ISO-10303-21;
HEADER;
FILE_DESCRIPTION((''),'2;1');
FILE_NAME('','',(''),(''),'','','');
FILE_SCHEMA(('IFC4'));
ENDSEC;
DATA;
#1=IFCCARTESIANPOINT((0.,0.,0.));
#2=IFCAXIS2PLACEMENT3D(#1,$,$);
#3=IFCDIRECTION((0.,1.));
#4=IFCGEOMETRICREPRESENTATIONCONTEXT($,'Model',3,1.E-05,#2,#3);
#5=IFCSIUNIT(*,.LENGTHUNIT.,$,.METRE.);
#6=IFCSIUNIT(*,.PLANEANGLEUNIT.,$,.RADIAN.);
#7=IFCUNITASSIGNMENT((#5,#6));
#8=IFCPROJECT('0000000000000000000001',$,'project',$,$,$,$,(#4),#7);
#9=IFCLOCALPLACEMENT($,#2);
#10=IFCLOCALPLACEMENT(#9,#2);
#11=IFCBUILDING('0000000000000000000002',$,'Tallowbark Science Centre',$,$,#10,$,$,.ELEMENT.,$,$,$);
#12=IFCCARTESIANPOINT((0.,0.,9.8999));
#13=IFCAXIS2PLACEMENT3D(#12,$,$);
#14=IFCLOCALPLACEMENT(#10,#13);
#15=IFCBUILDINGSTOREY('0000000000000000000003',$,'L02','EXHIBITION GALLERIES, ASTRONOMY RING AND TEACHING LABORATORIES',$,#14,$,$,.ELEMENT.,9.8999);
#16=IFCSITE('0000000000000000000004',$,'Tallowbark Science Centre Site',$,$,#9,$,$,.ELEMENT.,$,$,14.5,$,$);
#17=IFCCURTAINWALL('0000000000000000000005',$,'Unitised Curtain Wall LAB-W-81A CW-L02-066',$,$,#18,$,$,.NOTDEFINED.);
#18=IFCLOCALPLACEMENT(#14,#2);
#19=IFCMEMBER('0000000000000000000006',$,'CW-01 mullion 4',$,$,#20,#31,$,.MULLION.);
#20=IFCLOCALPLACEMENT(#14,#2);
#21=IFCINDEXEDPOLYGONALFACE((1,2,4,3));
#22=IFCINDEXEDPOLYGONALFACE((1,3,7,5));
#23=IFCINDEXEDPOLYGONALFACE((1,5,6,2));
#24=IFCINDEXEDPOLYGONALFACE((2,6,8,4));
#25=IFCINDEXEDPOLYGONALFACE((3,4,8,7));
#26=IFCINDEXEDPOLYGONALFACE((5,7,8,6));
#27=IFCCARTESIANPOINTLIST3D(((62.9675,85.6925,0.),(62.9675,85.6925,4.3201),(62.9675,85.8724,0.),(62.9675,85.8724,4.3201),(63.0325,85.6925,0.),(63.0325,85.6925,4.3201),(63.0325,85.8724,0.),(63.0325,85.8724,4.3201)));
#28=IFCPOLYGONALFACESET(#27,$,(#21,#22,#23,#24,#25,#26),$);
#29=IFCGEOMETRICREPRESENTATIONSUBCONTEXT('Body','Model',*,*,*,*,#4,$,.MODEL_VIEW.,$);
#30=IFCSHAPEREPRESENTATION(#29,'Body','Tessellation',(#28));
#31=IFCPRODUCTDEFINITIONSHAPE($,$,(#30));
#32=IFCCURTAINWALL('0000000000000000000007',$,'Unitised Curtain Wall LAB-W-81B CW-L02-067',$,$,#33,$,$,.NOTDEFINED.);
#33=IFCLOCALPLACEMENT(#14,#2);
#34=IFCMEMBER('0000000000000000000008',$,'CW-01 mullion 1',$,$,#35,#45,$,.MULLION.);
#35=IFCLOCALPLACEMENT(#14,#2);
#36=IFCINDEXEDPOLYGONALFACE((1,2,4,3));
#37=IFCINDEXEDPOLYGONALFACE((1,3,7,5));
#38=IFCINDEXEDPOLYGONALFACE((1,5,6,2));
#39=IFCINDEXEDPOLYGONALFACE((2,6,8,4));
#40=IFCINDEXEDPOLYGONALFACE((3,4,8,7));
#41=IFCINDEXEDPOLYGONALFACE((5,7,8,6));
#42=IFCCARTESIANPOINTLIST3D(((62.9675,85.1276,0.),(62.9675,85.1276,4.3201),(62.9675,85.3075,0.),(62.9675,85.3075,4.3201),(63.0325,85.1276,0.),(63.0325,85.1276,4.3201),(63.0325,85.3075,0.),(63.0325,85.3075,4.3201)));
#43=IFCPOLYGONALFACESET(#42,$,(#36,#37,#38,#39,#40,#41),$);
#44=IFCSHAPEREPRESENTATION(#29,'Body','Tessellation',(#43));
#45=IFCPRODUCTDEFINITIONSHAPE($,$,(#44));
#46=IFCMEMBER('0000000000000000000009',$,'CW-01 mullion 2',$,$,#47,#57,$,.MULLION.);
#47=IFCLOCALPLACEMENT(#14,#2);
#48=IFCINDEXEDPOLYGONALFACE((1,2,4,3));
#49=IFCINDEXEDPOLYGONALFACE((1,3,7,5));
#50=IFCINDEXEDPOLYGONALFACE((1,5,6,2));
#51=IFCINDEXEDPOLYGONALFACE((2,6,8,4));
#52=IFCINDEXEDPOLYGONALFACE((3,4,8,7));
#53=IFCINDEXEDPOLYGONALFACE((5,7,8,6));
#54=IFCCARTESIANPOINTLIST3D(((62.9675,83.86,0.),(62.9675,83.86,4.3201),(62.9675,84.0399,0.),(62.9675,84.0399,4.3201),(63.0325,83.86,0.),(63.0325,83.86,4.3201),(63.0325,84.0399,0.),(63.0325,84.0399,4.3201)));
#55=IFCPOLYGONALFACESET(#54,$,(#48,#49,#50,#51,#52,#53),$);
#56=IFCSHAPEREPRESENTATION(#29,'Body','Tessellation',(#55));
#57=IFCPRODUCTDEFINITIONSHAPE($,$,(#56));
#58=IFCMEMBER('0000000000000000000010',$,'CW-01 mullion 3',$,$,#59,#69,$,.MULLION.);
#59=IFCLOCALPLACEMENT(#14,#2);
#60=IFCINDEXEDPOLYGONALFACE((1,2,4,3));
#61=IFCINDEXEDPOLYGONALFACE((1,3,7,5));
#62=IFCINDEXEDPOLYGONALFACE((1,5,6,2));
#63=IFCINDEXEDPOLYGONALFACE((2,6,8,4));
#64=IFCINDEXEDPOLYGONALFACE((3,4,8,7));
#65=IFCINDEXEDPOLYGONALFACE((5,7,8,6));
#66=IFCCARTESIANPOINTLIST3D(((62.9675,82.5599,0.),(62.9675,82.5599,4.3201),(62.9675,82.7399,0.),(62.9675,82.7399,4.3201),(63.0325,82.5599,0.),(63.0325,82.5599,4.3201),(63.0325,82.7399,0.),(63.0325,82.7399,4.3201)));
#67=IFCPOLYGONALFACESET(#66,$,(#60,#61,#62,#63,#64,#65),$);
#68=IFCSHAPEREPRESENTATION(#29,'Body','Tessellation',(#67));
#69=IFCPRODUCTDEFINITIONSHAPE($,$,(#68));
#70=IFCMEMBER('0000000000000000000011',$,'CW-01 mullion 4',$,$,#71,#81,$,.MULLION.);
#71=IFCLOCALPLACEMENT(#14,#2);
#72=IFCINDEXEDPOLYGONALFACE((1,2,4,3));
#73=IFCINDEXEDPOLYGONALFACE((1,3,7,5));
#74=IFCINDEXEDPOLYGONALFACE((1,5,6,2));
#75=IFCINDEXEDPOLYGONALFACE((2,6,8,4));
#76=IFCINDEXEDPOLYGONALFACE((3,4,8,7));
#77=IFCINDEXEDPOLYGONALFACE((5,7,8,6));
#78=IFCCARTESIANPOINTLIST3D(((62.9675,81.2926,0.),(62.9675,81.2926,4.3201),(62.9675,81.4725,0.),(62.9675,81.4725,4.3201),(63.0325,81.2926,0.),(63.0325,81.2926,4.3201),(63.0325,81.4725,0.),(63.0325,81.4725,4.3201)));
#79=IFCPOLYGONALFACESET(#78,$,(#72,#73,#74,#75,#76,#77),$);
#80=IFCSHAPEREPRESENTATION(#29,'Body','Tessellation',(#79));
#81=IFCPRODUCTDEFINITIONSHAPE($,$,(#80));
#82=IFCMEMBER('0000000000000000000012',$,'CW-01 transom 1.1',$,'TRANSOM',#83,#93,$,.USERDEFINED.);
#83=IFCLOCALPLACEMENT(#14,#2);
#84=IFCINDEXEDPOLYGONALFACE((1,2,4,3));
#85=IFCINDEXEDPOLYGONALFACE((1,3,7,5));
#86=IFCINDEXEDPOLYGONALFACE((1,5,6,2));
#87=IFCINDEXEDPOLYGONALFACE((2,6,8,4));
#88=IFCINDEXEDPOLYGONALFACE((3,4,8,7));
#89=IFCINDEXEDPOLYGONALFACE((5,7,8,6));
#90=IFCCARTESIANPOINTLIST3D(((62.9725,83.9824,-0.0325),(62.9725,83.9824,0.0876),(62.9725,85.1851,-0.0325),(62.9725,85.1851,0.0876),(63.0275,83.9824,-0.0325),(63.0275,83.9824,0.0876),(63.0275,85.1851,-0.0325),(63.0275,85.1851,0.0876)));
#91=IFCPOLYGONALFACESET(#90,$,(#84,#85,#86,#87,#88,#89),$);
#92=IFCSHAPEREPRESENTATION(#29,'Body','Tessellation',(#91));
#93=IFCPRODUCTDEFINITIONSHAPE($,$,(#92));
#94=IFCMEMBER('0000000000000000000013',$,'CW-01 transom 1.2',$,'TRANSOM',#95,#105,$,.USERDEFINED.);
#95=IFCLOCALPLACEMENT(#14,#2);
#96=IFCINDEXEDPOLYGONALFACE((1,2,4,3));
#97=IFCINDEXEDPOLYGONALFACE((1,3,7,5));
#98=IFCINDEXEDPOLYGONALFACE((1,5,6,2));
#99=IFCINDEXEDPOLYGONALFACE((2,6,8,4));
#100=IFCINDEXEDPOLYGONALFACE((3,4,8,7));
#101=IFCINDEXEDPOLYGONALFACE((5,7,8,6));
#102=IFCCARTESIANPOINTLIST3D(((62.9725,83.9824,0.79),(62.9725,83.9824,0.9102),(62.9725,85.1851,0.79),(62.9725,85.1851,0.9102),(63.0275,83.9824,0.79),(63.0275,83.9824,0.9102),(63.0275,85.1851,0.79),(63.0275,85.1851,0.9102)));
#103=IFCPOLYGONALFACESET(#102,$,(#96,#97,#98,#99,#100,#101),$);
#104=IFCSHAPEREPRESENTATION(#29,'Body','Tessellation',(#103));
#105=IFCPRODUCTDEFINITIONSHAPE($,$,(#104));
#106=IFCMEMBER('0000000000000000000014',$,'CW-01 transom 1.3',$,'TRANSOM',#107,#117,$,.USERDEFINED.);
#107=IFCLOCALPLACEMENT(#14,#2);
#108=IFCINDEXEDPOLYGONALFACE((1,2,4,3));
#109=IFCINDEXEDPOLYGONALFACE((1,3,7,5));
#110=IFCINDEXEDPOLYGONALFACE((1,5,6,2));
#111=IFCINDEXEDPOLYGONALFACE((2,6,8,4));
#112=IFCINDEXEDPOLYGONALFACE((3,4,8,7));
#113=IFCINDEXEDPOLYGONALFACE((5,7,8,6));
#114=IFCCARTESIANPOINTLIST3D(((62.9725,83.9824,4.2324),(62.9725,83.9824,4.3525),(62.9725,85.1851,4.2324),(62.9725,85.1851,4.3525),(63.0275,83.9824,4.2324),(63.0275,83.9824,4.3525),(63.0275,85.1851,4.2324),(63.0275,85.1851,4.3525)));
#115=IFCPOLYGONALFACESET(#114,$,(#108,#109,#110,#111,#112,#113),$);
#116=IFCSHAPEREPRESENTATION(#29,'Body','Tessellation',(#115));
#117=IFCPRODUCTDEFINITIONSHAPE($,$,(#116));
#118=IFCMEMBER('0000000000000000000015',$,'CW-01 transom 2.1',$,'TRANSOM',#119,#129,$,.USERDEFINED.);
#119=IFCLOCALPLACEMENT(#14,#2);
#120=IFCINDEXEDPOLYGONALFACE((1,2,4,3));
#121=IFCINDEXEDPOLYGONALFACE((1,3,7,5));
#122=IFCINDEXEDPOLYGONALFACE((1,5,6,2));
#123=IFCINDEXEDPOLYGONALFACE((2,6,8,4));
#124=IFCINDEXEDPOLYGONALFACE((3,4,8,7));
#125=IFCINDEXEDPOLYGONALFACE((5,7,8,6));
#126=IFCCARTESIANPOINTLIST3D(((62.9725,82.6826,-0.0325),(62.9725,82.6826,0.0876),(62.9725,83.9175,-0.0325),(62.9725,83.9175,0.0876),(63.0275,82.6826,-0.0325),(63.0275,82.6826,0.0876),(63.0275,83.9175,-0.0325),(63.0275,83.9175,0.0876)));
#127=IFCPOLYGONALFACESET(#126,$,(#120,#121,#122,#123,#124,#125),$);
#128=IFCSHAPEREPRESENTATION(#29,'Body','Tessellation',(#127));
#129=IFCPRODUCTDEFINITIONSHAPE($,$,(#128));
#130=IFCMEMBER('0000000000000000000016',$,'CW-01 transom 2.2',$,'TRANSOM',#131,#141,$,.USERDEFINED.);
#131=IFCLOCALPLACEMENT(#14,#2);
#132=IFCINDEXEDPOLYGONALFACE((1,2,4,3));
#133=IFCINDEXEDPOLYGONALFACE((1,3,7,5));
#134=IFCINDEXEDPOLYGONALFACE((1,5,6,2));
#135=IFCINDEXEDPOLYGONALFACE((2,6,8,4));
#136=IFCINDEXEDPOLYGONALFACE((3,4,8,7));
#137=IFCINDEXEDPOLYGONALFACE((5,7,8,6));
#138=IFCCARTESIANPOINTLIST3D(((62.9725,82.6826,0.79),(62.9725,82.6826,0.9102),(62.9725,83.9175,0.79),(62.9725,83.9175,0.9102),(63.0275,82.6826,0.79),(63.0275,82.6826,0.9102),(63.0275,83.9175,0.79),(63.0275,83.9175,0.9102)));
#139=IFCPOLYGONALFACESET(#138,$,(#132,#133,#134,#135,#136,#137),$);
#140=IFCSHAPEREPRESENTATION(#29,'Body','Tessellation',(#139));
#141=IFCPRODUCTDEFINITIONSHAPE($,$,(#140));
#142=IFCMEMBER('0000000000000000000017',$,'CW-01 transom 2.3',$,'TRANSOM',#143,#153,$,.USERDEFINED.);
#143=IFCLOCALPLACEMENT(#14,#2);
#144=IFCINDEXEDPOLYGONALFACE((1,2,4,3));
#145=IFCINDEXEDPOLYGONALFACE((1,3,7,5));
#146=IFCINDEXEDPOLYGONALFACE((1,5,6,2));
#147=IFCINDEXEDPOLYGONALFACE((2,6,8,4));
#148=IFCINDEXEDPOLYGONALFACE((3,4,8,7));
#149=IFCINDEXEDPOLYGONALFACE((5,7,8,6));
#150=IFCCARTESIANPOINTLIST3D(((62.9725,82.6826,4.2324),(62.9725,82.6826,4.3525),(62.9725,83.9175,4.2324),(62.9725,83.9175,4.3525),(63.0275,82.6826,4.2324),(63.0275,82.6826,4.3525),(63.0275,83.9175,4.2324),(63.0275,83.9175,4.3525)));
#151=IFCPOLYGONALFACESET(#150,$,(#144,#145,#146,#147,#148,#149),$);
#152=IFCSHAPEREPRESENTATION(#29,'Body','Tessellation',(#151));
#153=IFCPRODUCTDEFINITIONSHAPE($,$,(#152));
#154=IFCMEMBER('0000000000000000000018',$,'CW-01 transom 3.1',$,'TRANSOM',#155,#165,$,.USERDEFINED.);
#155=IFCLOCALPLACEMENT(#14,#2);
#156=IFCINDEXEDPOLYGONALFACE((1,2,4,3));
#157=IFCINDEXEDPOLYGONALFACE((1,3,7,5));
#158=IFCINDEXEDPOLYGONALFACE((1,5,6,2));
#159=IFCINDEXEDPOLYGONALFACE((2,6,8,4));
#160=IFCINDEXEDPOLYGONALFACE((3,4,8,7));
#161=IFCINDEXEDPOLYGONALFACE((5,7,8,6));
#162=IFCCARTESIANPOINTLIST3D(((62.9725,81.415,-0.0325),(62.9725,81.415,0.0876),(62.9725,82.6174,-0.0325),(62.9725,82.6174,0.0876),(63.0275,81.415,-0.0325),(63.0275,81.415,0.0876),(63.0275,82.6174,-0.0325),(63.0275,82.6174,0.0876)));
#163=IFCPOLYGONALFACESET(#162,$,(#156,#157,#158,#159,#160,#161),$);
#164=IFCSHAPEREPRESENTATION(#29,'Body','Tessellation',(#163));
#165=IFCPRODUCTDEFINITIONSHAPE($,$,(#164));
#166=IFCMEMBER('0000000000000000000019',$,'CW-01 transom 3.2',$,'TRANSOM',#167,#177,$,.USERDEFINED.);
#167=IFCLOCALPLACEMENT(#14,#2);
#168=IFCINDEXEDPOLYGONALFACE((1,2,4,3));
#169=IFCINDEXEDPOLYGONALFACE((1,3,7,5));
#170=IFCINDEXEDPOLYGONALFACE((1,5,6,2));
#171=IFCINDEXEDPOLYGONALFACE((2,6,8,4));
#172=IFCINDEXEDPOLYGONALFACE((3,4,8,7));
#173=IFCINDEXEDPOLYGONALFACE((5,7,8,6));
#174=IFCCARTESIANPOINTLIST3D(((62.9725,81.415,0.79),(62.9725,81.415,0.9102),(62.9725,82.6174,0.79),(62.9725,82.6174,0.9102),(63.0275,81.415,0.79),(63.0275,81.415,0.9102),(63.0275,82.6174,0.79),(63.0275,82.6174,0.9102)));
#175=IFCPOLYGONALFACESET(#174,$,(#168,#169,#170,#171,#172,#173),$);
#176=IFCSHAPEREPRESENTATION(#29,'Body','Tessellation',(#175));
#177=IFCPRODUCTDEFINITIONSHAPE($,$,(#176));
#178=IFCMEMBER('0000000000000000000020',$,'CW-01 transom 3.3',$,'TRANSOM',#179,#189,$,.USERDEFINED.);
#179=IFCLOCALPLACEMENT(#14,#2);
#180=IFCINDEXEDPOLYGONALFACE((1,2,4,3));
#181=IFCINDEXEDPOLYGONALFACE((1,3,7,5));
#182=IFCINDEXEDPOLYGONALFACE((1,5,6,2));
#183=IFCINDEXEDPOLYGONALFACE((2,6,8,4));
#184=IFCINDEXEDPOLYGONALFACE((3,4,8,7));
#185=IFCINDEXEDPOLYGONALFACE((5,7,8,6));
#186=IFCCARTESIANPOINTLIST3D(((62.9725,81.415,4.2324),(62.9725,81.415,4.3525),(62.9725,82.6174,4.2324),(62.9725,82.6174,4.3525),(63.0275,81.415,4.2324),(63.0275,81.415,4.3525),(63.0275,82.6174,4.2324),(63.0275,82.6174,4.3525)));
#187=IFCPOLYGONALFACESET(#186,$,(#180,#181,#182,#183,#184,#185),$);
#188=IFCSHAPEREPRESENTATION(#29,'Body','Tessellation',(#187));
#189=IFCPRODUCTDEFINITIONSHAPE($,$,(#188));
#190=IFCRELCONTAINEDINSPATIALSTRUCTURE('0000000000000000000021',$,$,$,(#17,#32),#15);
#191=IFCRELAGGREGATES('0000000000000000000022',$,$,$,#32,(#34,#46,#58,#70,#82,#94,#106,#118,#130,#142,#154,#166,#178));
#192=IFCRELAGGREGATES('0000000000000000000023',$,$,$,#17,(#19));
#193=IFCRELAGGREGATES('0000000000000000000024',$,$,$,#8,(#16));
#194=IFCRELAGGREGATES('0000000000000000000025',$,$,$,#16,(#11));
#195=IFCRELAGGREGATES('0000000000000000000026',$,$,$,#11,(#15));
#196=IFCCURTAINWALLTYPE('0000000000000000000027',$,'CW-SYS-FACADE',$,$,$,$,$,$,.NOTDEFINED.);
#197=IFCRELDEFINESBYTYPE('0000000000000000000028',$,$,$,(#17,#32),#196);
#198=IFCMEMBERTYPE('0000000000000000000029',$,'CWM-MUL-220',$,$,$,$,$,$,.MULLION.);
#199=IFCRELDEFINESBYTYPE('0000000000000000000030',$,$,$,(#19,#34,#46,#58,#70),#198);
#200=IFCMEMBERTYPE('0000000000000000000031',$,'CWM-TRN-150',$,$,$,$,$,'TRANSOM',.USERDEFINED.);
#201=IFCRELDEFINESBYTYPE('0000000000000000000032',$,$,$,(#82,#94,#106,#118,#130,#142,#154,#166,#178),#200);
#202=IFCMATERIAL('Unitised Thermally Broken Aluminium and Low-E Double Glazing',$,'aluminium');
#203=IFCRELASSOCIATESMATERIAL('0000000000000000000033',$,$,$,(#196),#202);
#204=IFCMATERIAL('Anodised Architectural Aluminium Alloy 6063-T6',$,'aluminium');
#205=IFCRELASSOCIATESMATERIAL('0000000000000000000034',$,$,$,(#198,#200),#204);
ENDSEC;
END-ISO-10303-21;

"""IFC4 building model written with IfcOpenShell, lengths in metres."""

from ifc_helpers import new_model, si_unit, direction, frame, origin, origin_2d, place, context, subcontext, project, spatial, rectangle, extrude, material, material_profile, profile_set, type_object, element, aggregate, save


model = new_model("IFC4")

# Units and contexts
model_context = context("Model", 3, precision=1e-05, world=origin(), true_north=direction((0.0, 1.0)))
body_context = subcontext(model_context, "Body", "Model", "MODEL_VIEW")
ifc_project = project(units=[si_unit("LENGTHUNIT", "METRE"), si_unit("PLANEANGLEUNIT", "RADIAN")], contexts=[model_context])

# Site, building, storey
site_placement = place(None, origin())
site = spatial("IfcSite", under=ifc_project, at=site_placement, Name="Tallowbark Science Centre Site", CompositionType="ELEMENT", RefElevation=14.5)
building_placement = place(site_placement, origin())
building = spatial("IfcBuilding", under=site, at=building_placement, Name="Tallowbark Science Centre", CompositionType="ELEMENT")
storey_placement = place(building_placement, frame((0.0, 0.0, 9.8999)))
storey = spatial("IfcBuildingStorey", under=building, at=storey_placement, Name="L02", Description="EXHIBITION GALLERIES, ASTRONOMY RING AND TEACHING LABORATORIES", CompositionType="ELEMENT", Elevation=9.8999)

# Curtain wall, member
ifc_material_1 = material(Name="Unitised Thermally Broken Aluminium and Low-E Double Glazing", Category="aluminium")
curtain_wall_type = type_object("IfcCurtainWallType", Name="CW-SYS-FACADE", PredefinedType="NOTDEFINED", material=ifc_material_1)
curtain_wall_1_placement = place(storey_placement, origin())
curtain_wall_1 = element("IfcCurtainWall", 1, at=curtain_wall_1_placement, inside=storey, type_object=curtain_wall_type, Name="Unitised Curtain Wall LAB-W-81A CW-L02-066", PredefinedType="NOTDEFINED")
ifc_material_2 = material(Name="Anodised Architectural Aluminium Alloy 6063-T6", Category="aluminium")
ifc_material_profile_1 = material_profile(ifc_material_2, rectangle(XDim=0.0649, YDim=0.1799, at=origin_2d()), Name="ALU65x180")
ifc_profile_set_1 = profile_set([ifc_material_profile_1], Name="Anodised Architectural Aluminium Alloy 6063-T6")
member_type_1 = type_object("IfcMemberType", Name="CWM-MUL-220", PredefinedType="MULLION", material=ifc_profile_set_1)
member_1_placement = place(storey_placement, frame((63.0, 85.7825, 0.0), z_axis=(0.0, 0.0, 1.0), x_axis=(1.0, 0.0, 0.0)))
member_1 = element("IfcMember", 2, at=member_1_placement, type_object=member_type_1, Name="CW-01 mullion 4", PredefinedType="MULLION", context=body_context, shape_type="SweptSolid", body=[
    extrude(rectangle(XDim=0.0649, YDim=0.1799, at=origin_2d()), origin(), (0.0, 0.0, 1.0), 4.3201),
])

# Curtain wall, members
curtain_wall_2_placement = place(storey_placement, origin())
curtain_wall_2 = element("IfcCurtainWall", 3, at=curtain_wall_2_placement, inside=storey, type_object=curtain_wall_type, Name="Unitised Curtain Wall LAB-W-81B CW-L02-067", PredefinedType="NOTDEFINED")
member_2_placement = place(storey_placement, frame((63.0, 85.2175, 0.0), z_axis=(0.0, 0.0, 1.0), x_axis=(1.0, 0.0, 0.0)))
member_2 = element("IfcMember", 4, at=member_2_placement, type_object=member_type_1, Name="CW-01 mullion 1", PredefinedType="MULLION", context=body_context, shape_type="SweptSolid", body=[
    extrude(rectangle(XDim=0.0649, YDim=0.1799, at=origin_2d()), origin(), (0.0, 0.0, 1.0), 4.3201),
])
member_3_placement = place(storey_placement, frame((63.0, 83.95, 0.0), z_axis=(0.0, 0.0, 1.0), x_axis=(1.0, 0.0, 0.0)))
member_3 = element("IfcMember", 5, at=member_3_placement, type_object=member_type_1, Name="CW-01 mullion 2", PredefinedType="MULLION", context=body_context, shape_type="SweptSolid", body=[
    extrude(rectangle(XDim=0.0649, YDim=0.1799, at=origin_2d()), origin(), (0.0, 0.0, 1.0), 4.3201),
])
member_4_placement = place(storey_placement, frame((63.0, 82.6499, 0.0), z_axis=(0.0, 0.0, 1.0), x_axis=(1.0, 0.0, 0.0)))
member_4 = element("IfcMember", 6, at=member_4_placement, type_object=member_type_1, Name="CW-01 mullion 3", PredefinedType="MULLION", context=body_context, shape_type="SweptSolid", body=[
    extrude(rectangle(XDim=0.0649, YDim=0.1799, at=origin_2d()), origin(), (0.0, 0.0, 1.0), 4.3201),
])
member_5_placement = place(storey_placement, frame((63.0, 81.3826, 0.0), z_axis=(0.0, 0.0, 1.0), x_axis=(1.0, 0.0, 0.0)))
member_5 = element("IfcMember", 7, at=member_5_placement, type_object=member_type_1, Name="CW-01 mullion 4", PredefinedType="MULLION", context=body_context, shape_type="SweptSolid", body=[
    extrude(rectangle(XDim=0.0649, YDim=0.1799, at=origin_2d()), origin(), (0.0, 0.0, 1.0), 4.3201),
])
ifc_material_profile_2 = material_profile(ifc_material_2, rectangle(XDim=0.0549, YDim=0.1201, at=origin_2d()), Name="ALU55x120")
ifc_profile_set_2 = profile_set([ifc_material_profile_2], Name="Anodised Architectural Aluminium Alloy 6063-T6")
member_type_2 = type_object("IfcMemberType", Name="CWM-TRN-150", ElementType="TRANSOM", PredefinedType="USERDEFINED", material=ifc_profile_set_2)
member_6_placement = place(storey_placement, frame((63.0, 85.1851, 0.0276), z_axis=(0.0, -1.0, 0.0), x_axis=(1.0, 0.0, 0.0)))
member_6 = element("IfcMember", 8, at=member_6_placement, type_object=member_type_2, Name="CW-01 transom 1.1", ObjectType="TRANSOM", PredefinedType="USERDEFINED", context=body_context, shape_type="SweptSolid", body=[
    extrude(rectangle(XDim=0.0549, YDim=0.1201, at=origin_2d()), origin(), (0.0, 0.0, 1.0), 1.2026),
])
member_7_placement = place(storey_placement, frame((63.0, 85.1851, 0.8501), z_axis=(0.0, -1.0, 0.0), x_axis=(1.0, 0.0, 0.0)))
member_7 = element("IfcMember", 9, at=member_7_placement, type_object=member_type_2, Name="CW-01 transom 1.2", ObjectType="TRANSOM", PredefinedType="USERDEFINED", context=body_context, shape_type="SweptSolid", body=[
    extrude(rectangle(XDim=0.0549, YDim=0.1201, at=origin_2d()), origin(), (0.0, 0.0, 1.0), 1.2026),
])
member_8_placement = place(storey_placement, frame((63.0, 85.1851, 4.2925), z_axis=(0.0, -1.0, 0.0), x_axis=(1.0, 0.0, 0.0)))
member_8 = element("IfcMember", 10, at=member_8_placement, type_object=member_type_2, Name="CW-01 transom 1.3", ObjectType="TRANSOM", PredefinedType="USERDEFINED", context=body_context, shape_type="SweptSolid", body=[
    extrude(rectangle(XDim=0.0549, YDim=0.1201, at=origin_2d()), origin(), (0.0, 0.0, 1.0), 1.2026),
])
member_9_placement = place(storey_placement, frame((63.0, 83.9175, 0.0276), z_axis=(0.0, -1.0, 0.0), x_axis=(1.0, 0.0, 0.0)))
member_9 = element("IfcMember", 11, at=member_9_placement, type_object=member_type_2, Name="CW-01 transom 2.1", ObjectType="TRANSOM", PredefinedType="USERDEFINED", context=body_context, shape_type="SweptSolid", body=[
    extrude(rectangle(XDim=0.0549, YDim=0.1201, at=origin_2d()), origin(), (0.0, 0.0, 1.0), 1.2349),
])
member_10_placement = place(storey_placement, frame((63.0, 83.9175, 0.8501), z_axis=(0.0, -1.0, 0.0), x_axis=(1.0, 0.0, 0.0)))
member_10 = element("IfcMember", 12, at=member_10_placement, type_object=member_type_2, Name="CW-01 transom 2.2", ObjectType="TRANSOM", PredefinedType="USERDEFINED", context=body_context, shape_type="SweptSolid", body=[
    extrude(rectangle(XDim=0.0549, YDim=0.1201, at=origin_2d()), origin(), (0.0, 0.0, 1.0), 1.2349),
])
member_11_placement = place(storey_placement, frame((63.0, 83.9175, 4.2925), z_axis=(0.0, -1.0, 0.0), x_axis=(1.0, 0.0, 0.0)))
member_11 = element("IfcMember", 13, at=member_11_placement, type_object=member_type_2, Name="CW-01 transom 2.3", ObjectType="TRANSOM", PredefinedType="USERDEFINED", context=body_context, shape_type="SweptSolid", body=[
    extrude(rectangle(XDim=0.0549, YDim=0.1201, at=origin_2d()), origin(), (0.0, 0.0, 1.0), 1.2349),
])
member_12_placement = place(storey_placement, frame((63.0, 82.6174, 0.0276), z_axis=(0.0, -1.0, 0.0), x_axis=(1.0, 0.0, 0.0)))
member_12 = element("IfcMember", 14, at=member_12_placement, type_object=member_type_2, Name="CW-01 transom 3.1", ObjectType="TRANSOM", PredefinedType="USERDEFINED", context=body_context, shape_type="SweptSolid", body=[
    extrude(rectangle(XDim=0.0549, YDim=0.1201, at=origin_2d()), origin(), (0.0, 0.0, 1.0), 1.2024),
])
member_13_placement = place(storey_placement, frame((63.0, 82.6174, 0.8501), z_axis=(0.0, -1.0, 0.0), x_axis=(1.0, 0.0, 0.0)))
member_13 = element("IfcMember", 15, at=member_13_placement, type_object=member_type_2, Name="CW-01 transom 3.2", ObjectType="TRANSOM", PredefinedType="USERDEFINED", context=body_context, shape_type="SweptSolid", body=[
    extrude(rectangle(XDim=0.0549, YDim=0.1201, at=origin_2d()), origin(), (0.0, 0.0, 1.0), 1.2024),
])
member_14_placement = place(storey_placement, frame((63.0, 82.6174, 4.2925), z_axis=(0.0, -1.0, 0.0), x_axis=(1.0, 0.0, 0.0)))
member_14 = element("IfcMember", 16, at=member_14_placement, type_object=member_type_2, Name="CW-01 transom 3.3", ObjectType="TRANSOM", PredefinedType="USERDEFINED", context=body_context, shape_type="SweptSolid", body=[
    extrude(rectangle(XDim=0.0549, YDim=0.1201, at=origin_2d()), origin(), (0.0, 0.0, 1.0), 1.2024),
])
aggregate(curtain_wall_2, [member_2, member_3, member_4, member_5, member_6, member_7, member_8, member_9, member_10, member_11, member_12, member_13, member_14])

aggregate(curtain_wall_1, [member_1])

save(model, "model.ifc")
